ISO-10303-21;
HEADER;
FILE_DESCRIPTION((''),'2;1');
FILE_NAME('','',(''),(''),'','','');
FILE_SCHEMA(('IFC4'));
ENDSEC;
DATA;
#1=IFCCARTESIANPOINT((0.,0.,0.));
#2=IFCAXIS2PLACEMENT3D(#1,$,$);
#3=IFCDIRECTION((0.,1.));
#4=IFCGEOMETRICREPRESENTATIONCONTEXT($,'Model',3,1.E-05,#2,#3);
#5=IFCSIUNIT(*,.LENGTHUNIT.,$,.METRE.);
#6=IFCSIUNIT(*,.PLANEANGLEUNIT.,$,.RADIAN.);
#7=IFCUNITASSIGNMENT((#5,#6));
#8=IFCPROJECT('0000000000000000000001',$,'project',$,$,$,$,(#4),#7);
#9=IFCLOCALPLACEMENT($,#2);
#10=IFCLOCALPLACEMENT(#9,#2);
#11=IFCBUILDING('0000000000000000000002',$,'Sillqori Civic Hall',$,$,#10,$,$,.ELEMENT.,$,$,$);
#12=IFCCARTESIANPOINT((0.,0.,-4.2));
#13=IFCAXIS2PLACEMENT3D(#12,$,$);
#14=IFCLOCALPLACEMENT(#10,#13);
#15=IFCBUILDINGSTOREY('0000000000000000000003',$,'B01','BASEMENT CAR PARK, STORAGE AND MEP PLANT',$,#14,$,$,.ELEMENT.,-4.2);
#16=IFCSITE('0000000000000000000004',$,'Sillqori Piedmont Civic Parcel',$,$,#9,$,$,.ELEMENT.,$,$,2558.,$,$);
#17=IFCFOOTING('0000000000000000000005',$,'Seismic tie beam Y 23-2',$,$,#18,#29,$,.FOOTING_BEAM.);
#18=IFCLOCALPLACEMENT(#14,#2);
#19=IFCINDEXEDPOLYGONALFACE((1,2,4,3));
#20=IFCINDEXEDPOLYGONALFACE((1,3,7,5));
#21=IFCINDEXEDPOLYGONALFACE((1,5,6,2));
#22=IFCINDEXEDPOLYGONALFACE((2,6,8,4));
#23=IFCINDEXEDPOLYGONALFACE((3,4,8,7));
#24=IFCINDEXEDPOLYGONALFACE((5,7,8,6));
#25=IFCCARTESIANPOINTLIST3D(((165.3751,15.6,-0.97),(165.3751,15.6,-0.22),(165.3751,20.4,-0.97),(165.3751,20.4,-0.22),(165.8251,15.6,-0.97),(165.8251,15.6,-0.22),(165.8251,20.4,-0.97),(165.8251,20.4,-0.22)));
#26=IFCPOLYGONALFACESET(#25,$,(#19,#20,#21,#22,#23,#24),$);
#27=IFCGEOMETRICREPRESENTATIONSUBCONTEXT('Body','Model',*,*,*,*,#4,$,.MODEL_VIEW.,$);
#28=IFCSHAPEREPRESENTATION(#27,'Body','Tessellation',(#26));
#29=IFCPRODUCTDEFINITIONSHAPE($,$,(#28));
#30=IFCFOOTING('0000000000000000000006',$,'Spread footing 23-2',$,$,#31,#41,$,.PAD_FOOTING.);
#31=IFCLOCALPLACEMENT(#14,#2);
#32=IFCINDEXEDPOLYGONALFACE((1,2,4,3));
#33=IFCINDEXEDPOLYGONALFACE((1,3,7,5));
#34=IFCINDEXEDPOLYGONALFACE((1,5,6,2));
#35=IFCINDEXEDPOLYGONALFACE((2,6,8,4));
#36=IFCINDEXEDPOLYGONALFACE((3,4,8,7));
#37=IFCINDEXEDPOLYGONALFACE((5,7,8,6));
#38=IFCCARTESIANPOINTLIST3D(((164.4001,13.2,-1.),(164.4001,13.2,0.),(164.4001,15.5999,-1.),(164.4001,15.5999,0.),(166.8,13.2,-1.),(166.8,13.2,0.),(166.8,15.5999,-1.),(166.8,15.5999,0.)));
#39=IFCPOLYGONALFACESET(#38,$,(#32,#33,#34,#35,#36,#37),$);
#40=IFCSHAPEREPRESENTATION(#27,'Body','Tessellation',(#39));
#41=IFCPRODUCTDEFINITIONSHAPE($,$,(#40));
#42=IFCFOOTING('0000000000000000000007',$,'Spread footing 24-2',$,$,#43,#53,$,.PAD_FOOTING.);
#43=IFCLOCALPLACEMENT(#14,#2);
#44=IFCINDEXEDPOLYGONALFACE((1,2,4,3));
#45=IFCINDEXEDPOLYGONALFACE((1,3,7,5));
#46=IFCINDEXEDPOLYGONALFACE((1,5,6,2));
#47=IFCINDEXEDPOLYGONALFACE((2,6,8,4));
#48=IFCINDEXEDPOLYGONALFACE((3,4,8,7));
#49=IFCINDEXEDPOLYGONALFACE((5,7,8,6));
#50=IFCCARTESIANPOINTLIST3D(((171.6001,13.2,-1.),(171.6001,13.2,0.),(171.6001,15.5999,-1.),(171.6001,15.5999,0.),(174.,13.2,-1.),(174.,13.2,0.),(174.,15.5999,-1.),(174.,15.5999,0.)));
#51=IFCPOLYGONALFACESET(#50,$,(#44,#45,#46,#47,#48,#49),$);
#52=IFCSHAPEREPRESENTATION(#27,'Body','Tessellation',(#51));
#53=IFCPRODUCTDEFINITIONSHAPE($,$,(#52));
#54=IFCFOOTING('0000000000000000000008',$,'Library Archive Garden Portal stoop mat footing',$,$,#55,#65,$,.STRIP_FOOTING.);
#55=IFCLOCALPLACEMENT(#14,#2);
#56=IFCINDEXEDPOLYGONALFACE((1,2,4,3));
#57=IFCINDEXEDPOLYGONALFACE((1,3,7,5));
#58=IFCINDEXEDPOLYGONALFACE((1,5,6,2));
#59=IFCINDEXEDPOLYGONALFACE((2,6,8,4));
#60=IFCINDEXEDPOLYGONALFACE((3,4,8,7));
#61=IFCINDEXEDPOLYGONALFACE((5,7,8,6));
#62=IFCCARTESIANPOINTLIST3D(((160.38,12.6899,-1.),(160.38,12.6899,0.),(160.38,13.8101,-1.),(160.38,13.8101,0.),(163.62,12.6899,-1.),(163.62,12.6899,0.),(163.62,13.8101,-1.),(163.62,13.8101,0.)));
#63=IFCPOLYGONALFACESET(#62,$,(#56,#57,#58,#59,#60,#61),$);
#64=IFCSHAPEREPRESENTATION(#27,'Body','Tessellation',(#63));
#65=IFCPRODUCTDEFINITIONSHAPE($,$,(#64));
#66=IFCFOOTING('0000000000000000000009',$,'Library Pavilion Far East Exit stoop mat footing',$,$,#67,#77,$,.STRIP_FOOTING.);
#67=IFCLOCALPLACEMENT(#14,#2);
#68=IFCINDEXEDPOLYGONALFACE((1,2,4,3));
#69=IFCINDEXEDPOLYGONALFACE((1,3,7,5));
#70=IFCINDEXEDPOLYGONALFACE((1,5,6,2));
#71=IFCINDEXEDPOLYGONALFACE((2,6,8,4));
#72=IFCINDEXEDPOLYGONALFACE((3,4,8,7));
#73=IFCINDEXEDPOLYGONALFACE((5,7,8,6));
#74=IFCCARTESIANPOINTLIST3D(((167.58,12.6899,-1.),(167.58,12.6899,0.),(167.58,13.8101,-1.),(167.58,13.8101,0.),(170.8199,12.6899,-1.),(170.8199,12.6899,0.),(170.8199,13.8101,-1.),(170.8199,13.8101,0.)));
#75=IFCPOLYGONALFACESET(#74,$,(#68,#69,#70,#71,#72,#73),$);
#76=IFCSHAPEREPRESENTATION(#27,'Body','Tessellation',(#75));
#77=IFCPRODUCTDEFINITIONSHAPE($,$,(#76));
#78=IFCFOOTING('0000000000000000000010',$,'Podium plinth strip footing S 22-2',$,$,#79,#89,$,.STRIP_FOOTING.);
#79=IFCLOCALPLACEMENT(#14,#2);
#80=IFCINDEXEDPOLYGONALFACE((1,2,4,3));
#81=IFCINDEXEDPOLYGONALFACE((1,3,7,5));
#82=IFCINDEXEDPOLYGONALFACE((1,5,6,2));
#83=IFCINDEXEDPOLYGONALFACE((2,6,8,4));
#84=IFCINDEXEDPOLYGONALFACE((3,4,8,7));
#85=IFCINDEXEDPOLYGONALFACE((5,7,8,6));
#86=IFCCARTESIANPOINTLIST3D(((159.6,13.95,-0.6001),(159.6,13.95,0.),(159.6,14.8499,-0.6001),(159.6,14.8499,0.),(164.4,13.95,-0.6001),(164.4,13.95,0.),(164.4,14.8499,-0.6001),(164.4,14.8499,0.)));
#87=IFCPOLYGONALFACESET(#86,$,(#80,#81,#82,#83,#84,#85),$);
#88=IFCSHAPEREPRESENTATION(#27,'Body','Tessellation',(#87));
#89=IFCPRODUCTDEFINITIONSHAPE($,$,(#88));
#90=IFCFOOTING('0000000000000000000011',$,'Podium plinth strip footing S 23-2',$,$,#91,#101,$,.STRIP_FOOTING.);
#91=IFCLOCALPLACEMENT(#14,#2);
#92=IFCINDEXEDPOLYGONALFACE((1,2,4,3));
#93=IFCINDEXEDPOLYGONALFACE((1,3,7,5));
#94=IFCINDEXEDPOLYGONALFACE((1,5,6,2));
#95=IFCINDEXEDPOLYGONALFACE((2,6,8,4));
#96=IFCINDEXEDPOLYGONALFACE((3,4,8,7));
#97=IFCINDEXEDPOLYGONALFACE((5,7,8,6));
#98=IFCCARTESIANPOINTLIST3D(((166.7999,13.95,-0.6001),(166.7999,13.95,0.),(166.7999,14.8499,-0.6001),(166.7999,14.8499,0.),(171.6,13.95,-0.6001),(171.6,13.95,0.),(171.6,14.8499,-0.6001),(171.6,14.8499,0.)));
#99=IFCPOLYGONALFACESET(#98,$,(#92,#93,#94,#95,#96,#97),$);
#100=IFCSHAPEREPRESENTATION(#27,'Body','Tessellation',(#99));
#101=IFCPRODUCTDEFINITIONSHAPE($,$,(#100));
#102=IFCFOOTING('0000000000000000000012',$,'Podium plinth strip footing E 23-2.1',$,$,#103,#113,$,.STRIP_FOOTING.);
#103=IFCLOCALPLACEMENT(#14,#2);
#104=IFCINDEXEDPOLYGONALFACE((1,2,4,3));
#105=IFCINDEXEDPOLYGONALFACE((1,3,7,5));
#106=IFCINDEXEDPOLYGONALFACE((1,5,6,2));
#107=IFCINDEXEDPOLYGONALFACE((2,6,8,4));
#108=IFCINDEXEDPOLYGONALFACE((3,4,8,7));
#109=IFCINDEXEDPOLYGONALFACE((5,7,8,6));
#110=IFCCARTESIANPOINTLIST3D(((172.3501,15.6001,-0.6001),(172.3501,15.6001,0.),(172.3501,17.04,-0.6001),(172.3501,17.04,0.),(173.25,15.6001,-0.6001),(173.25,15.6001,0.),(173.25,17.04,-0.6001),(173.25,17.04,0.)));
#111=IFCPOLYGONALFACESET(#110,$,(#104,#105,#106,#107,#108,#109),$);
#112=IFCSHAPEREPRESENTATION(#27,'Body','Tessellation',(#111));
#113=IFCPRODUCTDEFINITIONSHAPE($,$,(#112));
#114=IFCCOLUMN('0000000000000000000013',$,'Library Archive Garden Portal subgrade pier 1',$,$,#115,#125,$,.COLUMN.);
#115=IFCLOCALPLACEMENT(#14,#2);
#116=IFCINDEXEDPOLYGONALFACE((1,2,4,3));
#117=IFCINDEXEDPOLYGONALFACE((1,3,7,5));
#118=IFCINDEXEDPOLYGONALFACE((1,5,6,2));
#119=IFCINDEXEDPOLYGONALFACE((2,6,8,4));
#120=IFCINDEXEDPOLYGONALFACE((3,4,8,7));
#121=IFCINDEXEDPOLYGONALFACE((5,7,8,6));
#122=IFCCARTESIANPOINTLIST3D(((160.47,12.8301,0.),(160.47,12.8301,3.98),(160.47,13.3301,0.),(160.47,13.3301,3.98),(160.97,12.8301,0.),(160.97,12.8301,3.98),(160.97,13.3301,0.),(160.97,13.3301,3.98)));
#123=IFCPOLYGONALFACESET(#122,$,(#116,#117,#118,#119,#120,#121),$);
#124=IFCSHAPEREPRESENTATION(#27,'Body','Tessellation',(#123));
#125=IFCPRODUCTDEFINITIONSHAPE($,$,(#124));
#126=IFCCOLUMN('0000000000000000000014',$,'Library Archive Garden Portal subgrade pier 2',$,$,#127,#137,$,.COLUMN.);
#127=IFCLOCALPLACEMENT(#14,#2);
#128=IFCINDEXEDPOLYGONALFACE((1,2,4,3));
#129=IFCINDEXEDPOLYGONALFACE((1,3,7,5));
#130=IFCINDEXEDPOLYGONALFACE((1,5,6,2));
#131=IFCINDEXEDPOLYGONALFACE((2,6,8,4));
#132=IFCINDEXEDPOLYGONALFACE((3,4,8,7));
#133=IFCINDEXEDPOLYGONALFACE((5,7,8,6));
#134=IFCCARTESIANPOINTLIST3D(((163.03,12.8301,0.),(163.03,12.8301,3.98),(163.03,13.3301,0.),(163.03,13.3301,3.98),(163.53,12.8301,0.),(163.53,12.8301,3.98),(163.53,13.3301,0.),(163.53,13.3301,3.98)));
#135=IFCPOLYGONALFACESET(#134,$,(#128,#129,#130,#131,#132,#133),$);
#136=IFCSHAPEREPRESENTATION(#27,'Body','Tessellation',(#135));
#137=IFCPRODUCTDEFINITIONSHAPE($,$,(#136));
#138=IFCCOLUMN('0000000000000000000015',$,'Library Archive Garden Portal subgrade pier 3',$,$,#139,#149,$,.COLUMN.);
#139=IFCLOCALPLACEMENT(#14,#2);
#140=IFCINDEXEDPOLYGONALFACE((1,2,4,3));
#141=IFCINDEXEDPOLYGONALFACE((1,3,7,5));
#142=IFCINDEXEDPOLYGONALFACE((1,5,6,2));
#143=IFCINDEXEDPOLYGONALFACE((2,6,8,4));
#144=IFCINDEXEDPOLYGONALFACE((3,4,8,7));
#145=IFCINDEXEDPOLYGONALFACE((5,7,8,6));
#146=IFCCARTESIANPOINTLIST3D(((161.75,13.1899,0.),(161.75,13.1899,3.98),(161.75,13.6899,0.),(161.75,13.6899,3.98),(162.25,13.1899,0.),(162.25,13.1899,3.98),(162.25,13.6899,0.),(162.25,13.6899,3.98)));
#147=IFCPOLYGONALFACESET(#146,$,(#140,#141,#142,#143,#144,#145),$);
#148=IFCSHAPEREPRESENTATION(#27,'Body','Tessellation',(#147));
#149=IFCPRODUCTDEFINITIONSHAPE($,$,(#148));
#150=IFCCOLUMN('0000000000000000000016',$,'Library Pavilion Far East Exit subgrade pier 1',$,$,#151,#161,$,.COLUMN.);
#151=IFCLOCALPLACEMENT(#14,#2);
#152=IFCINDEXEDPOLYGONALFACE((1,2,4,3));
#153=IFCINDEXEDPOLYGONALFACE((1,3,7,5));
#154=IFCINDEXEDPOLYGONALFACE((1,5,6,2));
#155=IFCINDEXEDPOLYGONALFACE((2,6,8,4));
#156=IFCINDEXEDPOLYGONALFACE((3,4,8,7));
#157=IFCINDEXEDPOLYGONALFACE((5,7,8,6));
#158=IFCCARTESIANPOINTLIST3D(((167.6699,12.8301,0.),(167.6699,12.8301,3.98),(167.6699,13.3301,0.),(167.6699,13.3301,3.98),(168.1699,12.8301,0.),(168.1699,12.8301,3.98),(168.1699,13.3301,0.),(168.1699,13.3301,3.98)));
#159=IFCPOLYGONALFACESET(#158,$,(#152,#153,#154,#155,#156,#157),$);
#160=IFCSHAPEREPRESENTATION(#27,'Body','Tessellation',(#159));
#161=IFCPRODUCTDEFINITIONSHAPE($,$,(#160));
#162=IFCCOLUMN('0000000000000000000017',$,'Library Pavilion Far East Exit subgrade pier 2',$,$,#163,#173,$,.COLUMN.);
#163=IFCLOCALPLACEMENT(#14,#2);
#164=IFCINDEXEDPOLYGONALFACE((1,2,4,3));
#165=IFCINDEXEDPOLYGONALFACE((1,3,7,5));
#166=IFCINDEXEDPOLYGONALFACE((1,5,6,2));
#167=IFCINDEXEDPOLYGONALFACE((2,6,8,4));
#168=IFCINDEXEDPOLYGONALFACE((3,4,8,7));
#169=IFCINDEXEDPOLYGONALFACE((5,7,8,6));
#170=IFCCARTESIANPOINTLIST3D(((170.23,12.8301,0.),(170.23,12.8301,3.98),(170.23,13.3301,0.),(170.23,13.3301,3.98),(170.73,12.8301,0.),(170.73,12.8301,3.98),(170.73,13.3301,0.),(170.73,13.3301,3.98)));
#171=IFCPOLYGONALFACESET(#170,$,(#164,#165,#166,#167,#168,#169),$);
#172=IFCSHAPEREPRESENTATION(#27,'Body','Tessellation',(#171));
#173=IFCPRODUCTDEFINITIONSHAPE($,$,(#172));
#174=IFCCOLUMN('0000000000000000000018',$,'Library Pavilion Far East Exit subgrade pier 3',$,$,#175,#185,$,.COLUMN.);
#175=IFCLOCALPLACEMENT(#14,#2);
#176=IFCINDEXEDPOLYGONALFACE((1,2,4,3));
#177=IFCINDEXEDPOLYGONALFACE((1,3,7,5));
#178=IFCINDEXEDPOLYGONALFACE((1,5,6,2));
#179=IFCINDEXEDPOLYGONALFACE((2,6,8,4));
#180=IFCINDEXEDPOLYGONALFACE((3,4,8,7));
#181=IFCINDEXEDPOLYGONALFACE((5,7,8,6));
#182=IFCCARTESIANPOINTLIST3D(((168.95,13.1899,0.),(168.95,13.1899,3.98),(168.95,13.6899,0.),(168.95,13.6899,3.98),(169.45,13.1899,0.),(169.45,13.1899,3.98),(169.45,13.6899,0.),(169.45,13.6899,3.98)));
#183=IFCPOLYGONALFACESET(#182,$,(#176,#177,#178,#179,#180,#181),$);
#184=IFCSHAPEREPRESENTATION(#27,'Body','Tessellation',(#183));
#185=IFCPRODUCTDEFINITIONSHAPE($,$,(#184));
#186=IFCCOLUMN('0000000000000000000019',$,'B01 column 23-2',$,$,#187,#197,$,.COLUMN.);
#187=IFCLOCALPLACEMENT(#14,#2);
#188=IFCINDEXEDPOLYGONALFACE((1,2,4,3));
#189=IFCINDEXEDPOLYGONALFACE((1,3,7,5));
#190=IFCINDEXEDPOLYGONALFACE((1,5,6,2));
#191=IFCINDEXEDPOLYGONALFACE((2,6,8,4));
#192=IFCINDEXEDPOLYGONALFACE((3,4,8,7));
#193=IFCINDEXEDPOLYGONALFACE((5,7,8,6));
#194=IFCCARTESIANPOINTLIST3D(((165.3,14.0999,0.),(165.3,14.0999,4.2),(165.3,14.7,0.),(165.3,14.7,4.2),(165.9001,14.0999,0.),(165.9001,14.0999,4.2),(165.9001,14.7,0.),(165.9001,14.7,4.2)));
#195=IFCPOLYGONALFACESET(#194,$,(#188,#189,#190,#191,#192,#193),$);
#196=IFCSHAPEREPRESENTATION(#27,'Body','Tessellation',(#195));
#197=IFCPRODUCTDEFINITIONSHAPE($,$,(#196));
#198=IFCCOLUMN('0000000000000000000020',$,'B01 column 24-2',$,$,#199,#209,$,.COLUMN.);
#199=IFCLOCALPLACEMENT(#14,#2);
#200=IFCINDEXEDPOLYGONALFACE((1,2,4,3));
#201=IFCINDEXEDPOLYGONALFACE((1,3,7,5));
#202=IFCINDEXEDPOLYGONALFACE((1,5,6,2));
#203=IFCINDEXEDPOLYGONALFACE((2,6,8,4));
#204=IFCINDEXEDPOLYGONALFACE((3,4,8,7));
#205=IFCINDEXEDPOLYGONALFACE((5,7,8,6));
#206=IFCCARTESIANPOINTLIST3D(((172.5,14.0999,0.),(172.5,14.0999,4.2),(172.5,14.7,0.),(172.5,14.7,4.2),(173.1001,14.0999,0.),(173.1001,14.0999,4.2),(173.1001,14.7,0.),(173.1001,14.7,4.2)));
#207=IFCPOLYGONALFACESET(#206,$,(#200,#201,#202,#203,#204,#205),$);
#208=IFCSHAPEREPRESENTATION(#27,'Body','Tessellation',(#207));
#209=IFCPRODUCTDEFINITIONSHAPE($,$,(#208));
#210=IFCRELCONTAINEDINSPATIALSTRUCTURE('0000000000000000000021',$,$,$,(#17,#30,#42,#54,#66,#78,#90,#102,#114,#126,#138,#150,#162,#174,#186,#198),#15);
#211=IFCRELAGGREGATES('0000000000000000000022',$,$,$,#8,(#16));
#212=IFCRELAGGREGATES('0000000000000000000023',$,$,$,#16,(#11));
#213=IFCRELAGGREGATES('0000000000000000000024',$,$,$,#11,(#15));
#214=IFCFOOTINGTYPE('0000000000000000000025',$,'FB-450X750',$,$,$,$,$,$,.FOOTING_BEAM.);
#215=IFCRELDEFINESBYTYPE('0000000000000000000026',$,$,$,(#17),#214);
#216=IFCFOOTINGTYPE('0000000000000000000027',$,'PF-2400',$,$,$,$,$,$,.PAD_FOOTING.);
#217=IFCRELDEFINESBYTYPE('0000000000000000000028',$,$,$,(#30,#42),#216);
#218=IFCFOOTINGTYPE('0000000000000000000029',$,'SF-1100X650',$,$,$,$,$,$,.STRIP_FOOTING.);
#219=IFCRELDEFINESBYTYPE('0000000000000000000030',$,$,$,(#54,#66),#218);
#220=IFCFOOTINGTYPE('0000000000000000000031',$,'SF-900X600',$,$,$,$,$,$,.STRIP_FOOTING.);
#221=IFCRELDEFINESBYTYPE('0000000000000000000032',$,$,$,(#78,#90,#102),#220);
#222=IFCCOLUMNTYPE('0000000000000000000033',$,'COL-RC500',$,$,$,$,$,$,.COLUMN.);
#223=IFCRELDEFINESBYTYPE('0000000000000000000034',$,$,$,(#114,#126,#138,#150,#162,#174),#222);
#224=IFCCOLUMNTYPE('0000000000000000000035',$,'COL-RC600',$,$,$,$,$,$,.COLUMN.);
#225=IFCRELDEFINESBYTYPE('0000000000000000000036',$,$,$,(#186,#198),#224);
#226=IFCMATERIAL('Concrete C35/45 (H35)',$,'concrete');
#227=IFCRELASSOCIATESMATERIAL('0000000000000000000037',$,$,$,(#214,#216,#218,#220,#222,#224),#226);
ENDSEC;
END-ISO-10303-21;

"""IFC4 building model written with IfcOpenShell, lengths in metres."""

from ifc_helpers import new_model, si_unit, direction, frame, origin, origin_2d, place, context, subcontext, project, spatial, rectangle, extrude, material, material_profile, profile_set, type_object, element, save


model = new_model("IFC4")

# Units and contexts
model_context = context("Model", 3, precision=1e-05, world=origin(), true_north=direction((0.0, 1.0)))
body_context = subcontext(model_context, "Body", "Model", "MODEL_VIEW")
ifc_project = project(units=[si_unit("LENGTHUNIT", "METRE"), si_unit("PLANEANGLEUNIT", "RADIAN")], contexts=[model_context])

# Site, building, storey
site_placement = place(None, origin())
site = spatial("IfcSite", under=ifc_project, at=site_placement, Name="Sillqori Piedmont Civic Parcel", CompositionType="ELEMENT", RefElevation=2558.0)
building_placement = place(site_placement, origin())
building = spatial("IfcBuilding", under=site, at=building_placement, Name="Sillqori Civic Hall", CompositionType="ELEMENT")
storey_placement = place(building_placement, frame((0.0, 0.0, -4.2)))
storey = spatial("IfcBuildingStorey", under=building, at=storey_placement, Name="B01", Description="BASEMENT CAR PARK, STORAGE AND MEP PLANT", CompositionType="ELEMENT", Elevation=-4.2)

# Footings
ifc_material = material(Name="Concrete C35/45 (H35)", Category="concrete")
footing_type_1 = type_object("IfcFootingType", Name="FB-450X750", PredefinedType="FOOTING_BEAM", material=ifc_material)
footing_1_placement = place(storey_placement, frame((165.6001, 18.0, -0.97), z_axis=(0.0, 0.0, 1.0), x_axis=(1.0, 0.0, 0.0)))
element("IfcFooting", 1, at=footing_1_placement, inside=storey, type_object=footing_type_1, Name="Seismic tie beam Y 23-2", PredefinedType="FOOTING_BEAM", context=body_context, shape_type="SweptSolid", body=[
    extrude(rectangle(XDim=0.45, YDim=4.8, at=origin_2d()), origin(), (0.0, 0.0, 1.0), 0.75),
])
footing_type_2 = type_object("IfcFootingType", Name="PF-2400", PredefinedType="PAD_FOOTING", material=ifc_material)
for number, where, z_axis, x_axis, name in (
    (2, (165.6001, 14.3999, -1.0), (0.0, 0.0, 1.0), (1.0, 0.0, 0.0), "Spread footing 23-2"),
    (3, (172.8, 14.3999, -1.0), (0.0, 0.0, 1.0), (1.0, 0.0, 0.0), "Spread footing 24-2"),
):
    element("IfcFooting", number, at=place(storey_placement, frame(where, z_axis=z_axis, x_axis=x_axis)), inside=storey, type_object=footing_type_2, Name=name, PredefinedType="PAD_FOOTING", context=body_context, shape_type="SweptSolid", body=[
        extrude(rectangle(XDim=2.3999, YDim=2.3999, at=origin_2d()), origin(), (0.0, 0.0, 1.0), 1.0),
    ])
footing_type_3 = type_object("IfcFootingType", Name="SF-1100X650", PredefinedType="STRIP_FOOTING", material=ifc_material)
for number, where, z_axis, x_axis, name in (
    (4, (162.0, 13.25, -1.0), (0.0, 0.0, 1.0), (1.0, 0.0, 0.0), "Library Archive Garden Portal stoop mat footing"),
    (5, (169.2, 13.25, -1.0), (0.0, 0.0, 1.0), (1.0, 0.0, 0.0), "Library Pavilion Far East Exit stoop mat footing"),
):
    element("IfcFooting", number, at=place(storey_placement, frame(where, z_axis=z_axis, x_axis=x_axis)), inside=storey, type_object=footing_type_3, Name=name, PredefinedType="STRIP_FOOTING", context=body_context, shape_type="SweptSolid", body=[
        extrude(rectangle(XDim=3.24, YDim=1.1201, at=origin_2d()), origin(), (0.0, 0.0, 1.0), 1.0),
    ])
footing_type_4 = type_object("IfcFootingType", Name="SF-900X600", PredefinedType="STRIP_FOOTING", material=ifc_material)
for number, where, z_axis, x_axis, name in (
    (6, (162.0, 14.3999, -0.6001), (0.0, 0.0, 1.0), (1.0, 0.0, 0.0), "Podium plinth strip footing S 22-2"),
    (7, (169.2, 14.3999, -0.6001), (0.0, 0.0, 1.0), (1.0, 0.0, 0.0), "Podium plinth strip footing S 23-2"),
):
    element("IfcFooting", number, at=place(storey_placement, frame(where, z_axis=z_axis, x_axis=x_axis)), inside=storey, type_object=footing_type_4, Name=name, PredefinedType="STRIP_FOOTING", context=body_context, shape_type="SweptSolid", body=[
        extrude(rectangle(XDim=4.8, YDim=0.8999, at=origin_2d()), origin(), (0.0, 0.0, 1.0), 0.6001),
    ])
footing_2_placement = place(storey_placement, frame((172.8, 16.3201, -0.6001), z_axis=(0.0, 0.0, 1.0), x_axis=(1.0, 0.0, 0.0)))
element("IfcFooting", 8, at=footing_2_placement, inside=storey, type_object=footing_type_4, Name="Podium plinth strip footing E 23-2.1", PredefinedType="STRIP_FOOTING", context=body_context, shape_type="SweptSolid", body=[
    extrude(rectangle(XDim=0.8999, YDim=1.4399, at=origin_2d()), origin(), (0.0, 0.0, 1.0), 0.6001),
])

# Columns
ifc_material_profile_1 = material_profile(ifc_material, rectangle(XDim=0.5, YDim=0.5, at=origin_2d()), Name="RC 500x500")
ifc_profile_set_1 = profile_set([ifc_material_profile_1], Name="Concrete C35/45 (H35)")
column_type_1 = type_object("IfcColumnType", Name="COL-RC500", PredefinedType="COLUMN", material=ifc_profile_set_1)
for number, where, z_axis, x_axis, name in (
    (9, (160.72, 13.0801, 0.0), (0.0, 0.0, 1.0), (1.0, 0.0, 0.0), "Library Archive Garden Portal subgrade pier 1"),
    (10, (163.28, 13.0801, 0.0), (0.0, 0.0, 1.0), (1.0, 0.0, 0.0), "Library Archive Garden Portal subgrade pier 2"),
    (11, (162.0, 13.4399, 0.0), (0.0, 0.0, 1.0), (1.0, 0.0, 0.0), "Library Archive Garden Portal subgrade pier 3"),
    (12, (167.9199, 13.0801, 0.0), (0.0, 0.0, 1.0), (1.0, 0.0, 0.0), "Library Pavilion Far East Exit subgrade pier 1"),
    (13, (170.48, 13.0801, 0.0), (0.0, 0.0, 1.0), (1.0, 0.0, 0.0), "Library Pavilion Far East Exit subgrade pier 2"),
    (14, (169.2, 13.4399, 0.0), (0.0, 0.0, 1.0), (1.0, 0.0, 0.0), "Library Pavilion Far East Exit subgrade pier 3"),
):
    element("IfcColumn", number, at=place(storey_placement, frame(where, z_axis=z_axis, x_axis=x_axis)), inside=storey, type_object=column_type_1, Name=name, PredefinedType="COLUMN", context=body_context, shape_type="SweptSolid", body=[
        extrude(rectangle(XDim=0.5, YDim=0.5, at=origin_2d()), origin(), (0.0, 0.0, 1.0), 3.98),
    ])
ifc_material_profile_2 = material_profile(ifc_material, rectangle(XDim=0.6001, YDim=0.6001, at=origin_2d()), Name="RC 600x600")
ifc_profile_set_2 = profile_set([ifc_material_profile_2], Name="Concrete C35/45 (H35)")
column_type_2 = type_object("IfcColumnType", Name="COL-RC600", PredefinedType="COLUMN", material=ifc_profile_set_2)
for number, where, z_axis, x_axis, name in (
    (15, (165.6001, 14.3999, 0.0), (0.0, 0.0, 1.0), (1.0, 0.0, 0.0), "B01 column 23-2"),
    (16, (172.8, 14.3999, 0.0), (0.0, 0.0, 1.0), (1.0, 0.0, 0.0), "B01 column 24-2"),
):
    element("IfcColumn", number, at=place(storey_placement, frame(where, z_axis=z_axis, x_axis=x_axis)), inside=storey, type_object=column_type_2, Name=name, PredefinedType="COLUMN", context=body_context, shape_type="SweptSolid", body=[
        extrude(rectangle(XDim=0.6001, YDim=0.6001, at=origin_2d()), origin(), (0.0, 0.0, 1.0), 4.2),
    ])

save(model, "model.ifc")
